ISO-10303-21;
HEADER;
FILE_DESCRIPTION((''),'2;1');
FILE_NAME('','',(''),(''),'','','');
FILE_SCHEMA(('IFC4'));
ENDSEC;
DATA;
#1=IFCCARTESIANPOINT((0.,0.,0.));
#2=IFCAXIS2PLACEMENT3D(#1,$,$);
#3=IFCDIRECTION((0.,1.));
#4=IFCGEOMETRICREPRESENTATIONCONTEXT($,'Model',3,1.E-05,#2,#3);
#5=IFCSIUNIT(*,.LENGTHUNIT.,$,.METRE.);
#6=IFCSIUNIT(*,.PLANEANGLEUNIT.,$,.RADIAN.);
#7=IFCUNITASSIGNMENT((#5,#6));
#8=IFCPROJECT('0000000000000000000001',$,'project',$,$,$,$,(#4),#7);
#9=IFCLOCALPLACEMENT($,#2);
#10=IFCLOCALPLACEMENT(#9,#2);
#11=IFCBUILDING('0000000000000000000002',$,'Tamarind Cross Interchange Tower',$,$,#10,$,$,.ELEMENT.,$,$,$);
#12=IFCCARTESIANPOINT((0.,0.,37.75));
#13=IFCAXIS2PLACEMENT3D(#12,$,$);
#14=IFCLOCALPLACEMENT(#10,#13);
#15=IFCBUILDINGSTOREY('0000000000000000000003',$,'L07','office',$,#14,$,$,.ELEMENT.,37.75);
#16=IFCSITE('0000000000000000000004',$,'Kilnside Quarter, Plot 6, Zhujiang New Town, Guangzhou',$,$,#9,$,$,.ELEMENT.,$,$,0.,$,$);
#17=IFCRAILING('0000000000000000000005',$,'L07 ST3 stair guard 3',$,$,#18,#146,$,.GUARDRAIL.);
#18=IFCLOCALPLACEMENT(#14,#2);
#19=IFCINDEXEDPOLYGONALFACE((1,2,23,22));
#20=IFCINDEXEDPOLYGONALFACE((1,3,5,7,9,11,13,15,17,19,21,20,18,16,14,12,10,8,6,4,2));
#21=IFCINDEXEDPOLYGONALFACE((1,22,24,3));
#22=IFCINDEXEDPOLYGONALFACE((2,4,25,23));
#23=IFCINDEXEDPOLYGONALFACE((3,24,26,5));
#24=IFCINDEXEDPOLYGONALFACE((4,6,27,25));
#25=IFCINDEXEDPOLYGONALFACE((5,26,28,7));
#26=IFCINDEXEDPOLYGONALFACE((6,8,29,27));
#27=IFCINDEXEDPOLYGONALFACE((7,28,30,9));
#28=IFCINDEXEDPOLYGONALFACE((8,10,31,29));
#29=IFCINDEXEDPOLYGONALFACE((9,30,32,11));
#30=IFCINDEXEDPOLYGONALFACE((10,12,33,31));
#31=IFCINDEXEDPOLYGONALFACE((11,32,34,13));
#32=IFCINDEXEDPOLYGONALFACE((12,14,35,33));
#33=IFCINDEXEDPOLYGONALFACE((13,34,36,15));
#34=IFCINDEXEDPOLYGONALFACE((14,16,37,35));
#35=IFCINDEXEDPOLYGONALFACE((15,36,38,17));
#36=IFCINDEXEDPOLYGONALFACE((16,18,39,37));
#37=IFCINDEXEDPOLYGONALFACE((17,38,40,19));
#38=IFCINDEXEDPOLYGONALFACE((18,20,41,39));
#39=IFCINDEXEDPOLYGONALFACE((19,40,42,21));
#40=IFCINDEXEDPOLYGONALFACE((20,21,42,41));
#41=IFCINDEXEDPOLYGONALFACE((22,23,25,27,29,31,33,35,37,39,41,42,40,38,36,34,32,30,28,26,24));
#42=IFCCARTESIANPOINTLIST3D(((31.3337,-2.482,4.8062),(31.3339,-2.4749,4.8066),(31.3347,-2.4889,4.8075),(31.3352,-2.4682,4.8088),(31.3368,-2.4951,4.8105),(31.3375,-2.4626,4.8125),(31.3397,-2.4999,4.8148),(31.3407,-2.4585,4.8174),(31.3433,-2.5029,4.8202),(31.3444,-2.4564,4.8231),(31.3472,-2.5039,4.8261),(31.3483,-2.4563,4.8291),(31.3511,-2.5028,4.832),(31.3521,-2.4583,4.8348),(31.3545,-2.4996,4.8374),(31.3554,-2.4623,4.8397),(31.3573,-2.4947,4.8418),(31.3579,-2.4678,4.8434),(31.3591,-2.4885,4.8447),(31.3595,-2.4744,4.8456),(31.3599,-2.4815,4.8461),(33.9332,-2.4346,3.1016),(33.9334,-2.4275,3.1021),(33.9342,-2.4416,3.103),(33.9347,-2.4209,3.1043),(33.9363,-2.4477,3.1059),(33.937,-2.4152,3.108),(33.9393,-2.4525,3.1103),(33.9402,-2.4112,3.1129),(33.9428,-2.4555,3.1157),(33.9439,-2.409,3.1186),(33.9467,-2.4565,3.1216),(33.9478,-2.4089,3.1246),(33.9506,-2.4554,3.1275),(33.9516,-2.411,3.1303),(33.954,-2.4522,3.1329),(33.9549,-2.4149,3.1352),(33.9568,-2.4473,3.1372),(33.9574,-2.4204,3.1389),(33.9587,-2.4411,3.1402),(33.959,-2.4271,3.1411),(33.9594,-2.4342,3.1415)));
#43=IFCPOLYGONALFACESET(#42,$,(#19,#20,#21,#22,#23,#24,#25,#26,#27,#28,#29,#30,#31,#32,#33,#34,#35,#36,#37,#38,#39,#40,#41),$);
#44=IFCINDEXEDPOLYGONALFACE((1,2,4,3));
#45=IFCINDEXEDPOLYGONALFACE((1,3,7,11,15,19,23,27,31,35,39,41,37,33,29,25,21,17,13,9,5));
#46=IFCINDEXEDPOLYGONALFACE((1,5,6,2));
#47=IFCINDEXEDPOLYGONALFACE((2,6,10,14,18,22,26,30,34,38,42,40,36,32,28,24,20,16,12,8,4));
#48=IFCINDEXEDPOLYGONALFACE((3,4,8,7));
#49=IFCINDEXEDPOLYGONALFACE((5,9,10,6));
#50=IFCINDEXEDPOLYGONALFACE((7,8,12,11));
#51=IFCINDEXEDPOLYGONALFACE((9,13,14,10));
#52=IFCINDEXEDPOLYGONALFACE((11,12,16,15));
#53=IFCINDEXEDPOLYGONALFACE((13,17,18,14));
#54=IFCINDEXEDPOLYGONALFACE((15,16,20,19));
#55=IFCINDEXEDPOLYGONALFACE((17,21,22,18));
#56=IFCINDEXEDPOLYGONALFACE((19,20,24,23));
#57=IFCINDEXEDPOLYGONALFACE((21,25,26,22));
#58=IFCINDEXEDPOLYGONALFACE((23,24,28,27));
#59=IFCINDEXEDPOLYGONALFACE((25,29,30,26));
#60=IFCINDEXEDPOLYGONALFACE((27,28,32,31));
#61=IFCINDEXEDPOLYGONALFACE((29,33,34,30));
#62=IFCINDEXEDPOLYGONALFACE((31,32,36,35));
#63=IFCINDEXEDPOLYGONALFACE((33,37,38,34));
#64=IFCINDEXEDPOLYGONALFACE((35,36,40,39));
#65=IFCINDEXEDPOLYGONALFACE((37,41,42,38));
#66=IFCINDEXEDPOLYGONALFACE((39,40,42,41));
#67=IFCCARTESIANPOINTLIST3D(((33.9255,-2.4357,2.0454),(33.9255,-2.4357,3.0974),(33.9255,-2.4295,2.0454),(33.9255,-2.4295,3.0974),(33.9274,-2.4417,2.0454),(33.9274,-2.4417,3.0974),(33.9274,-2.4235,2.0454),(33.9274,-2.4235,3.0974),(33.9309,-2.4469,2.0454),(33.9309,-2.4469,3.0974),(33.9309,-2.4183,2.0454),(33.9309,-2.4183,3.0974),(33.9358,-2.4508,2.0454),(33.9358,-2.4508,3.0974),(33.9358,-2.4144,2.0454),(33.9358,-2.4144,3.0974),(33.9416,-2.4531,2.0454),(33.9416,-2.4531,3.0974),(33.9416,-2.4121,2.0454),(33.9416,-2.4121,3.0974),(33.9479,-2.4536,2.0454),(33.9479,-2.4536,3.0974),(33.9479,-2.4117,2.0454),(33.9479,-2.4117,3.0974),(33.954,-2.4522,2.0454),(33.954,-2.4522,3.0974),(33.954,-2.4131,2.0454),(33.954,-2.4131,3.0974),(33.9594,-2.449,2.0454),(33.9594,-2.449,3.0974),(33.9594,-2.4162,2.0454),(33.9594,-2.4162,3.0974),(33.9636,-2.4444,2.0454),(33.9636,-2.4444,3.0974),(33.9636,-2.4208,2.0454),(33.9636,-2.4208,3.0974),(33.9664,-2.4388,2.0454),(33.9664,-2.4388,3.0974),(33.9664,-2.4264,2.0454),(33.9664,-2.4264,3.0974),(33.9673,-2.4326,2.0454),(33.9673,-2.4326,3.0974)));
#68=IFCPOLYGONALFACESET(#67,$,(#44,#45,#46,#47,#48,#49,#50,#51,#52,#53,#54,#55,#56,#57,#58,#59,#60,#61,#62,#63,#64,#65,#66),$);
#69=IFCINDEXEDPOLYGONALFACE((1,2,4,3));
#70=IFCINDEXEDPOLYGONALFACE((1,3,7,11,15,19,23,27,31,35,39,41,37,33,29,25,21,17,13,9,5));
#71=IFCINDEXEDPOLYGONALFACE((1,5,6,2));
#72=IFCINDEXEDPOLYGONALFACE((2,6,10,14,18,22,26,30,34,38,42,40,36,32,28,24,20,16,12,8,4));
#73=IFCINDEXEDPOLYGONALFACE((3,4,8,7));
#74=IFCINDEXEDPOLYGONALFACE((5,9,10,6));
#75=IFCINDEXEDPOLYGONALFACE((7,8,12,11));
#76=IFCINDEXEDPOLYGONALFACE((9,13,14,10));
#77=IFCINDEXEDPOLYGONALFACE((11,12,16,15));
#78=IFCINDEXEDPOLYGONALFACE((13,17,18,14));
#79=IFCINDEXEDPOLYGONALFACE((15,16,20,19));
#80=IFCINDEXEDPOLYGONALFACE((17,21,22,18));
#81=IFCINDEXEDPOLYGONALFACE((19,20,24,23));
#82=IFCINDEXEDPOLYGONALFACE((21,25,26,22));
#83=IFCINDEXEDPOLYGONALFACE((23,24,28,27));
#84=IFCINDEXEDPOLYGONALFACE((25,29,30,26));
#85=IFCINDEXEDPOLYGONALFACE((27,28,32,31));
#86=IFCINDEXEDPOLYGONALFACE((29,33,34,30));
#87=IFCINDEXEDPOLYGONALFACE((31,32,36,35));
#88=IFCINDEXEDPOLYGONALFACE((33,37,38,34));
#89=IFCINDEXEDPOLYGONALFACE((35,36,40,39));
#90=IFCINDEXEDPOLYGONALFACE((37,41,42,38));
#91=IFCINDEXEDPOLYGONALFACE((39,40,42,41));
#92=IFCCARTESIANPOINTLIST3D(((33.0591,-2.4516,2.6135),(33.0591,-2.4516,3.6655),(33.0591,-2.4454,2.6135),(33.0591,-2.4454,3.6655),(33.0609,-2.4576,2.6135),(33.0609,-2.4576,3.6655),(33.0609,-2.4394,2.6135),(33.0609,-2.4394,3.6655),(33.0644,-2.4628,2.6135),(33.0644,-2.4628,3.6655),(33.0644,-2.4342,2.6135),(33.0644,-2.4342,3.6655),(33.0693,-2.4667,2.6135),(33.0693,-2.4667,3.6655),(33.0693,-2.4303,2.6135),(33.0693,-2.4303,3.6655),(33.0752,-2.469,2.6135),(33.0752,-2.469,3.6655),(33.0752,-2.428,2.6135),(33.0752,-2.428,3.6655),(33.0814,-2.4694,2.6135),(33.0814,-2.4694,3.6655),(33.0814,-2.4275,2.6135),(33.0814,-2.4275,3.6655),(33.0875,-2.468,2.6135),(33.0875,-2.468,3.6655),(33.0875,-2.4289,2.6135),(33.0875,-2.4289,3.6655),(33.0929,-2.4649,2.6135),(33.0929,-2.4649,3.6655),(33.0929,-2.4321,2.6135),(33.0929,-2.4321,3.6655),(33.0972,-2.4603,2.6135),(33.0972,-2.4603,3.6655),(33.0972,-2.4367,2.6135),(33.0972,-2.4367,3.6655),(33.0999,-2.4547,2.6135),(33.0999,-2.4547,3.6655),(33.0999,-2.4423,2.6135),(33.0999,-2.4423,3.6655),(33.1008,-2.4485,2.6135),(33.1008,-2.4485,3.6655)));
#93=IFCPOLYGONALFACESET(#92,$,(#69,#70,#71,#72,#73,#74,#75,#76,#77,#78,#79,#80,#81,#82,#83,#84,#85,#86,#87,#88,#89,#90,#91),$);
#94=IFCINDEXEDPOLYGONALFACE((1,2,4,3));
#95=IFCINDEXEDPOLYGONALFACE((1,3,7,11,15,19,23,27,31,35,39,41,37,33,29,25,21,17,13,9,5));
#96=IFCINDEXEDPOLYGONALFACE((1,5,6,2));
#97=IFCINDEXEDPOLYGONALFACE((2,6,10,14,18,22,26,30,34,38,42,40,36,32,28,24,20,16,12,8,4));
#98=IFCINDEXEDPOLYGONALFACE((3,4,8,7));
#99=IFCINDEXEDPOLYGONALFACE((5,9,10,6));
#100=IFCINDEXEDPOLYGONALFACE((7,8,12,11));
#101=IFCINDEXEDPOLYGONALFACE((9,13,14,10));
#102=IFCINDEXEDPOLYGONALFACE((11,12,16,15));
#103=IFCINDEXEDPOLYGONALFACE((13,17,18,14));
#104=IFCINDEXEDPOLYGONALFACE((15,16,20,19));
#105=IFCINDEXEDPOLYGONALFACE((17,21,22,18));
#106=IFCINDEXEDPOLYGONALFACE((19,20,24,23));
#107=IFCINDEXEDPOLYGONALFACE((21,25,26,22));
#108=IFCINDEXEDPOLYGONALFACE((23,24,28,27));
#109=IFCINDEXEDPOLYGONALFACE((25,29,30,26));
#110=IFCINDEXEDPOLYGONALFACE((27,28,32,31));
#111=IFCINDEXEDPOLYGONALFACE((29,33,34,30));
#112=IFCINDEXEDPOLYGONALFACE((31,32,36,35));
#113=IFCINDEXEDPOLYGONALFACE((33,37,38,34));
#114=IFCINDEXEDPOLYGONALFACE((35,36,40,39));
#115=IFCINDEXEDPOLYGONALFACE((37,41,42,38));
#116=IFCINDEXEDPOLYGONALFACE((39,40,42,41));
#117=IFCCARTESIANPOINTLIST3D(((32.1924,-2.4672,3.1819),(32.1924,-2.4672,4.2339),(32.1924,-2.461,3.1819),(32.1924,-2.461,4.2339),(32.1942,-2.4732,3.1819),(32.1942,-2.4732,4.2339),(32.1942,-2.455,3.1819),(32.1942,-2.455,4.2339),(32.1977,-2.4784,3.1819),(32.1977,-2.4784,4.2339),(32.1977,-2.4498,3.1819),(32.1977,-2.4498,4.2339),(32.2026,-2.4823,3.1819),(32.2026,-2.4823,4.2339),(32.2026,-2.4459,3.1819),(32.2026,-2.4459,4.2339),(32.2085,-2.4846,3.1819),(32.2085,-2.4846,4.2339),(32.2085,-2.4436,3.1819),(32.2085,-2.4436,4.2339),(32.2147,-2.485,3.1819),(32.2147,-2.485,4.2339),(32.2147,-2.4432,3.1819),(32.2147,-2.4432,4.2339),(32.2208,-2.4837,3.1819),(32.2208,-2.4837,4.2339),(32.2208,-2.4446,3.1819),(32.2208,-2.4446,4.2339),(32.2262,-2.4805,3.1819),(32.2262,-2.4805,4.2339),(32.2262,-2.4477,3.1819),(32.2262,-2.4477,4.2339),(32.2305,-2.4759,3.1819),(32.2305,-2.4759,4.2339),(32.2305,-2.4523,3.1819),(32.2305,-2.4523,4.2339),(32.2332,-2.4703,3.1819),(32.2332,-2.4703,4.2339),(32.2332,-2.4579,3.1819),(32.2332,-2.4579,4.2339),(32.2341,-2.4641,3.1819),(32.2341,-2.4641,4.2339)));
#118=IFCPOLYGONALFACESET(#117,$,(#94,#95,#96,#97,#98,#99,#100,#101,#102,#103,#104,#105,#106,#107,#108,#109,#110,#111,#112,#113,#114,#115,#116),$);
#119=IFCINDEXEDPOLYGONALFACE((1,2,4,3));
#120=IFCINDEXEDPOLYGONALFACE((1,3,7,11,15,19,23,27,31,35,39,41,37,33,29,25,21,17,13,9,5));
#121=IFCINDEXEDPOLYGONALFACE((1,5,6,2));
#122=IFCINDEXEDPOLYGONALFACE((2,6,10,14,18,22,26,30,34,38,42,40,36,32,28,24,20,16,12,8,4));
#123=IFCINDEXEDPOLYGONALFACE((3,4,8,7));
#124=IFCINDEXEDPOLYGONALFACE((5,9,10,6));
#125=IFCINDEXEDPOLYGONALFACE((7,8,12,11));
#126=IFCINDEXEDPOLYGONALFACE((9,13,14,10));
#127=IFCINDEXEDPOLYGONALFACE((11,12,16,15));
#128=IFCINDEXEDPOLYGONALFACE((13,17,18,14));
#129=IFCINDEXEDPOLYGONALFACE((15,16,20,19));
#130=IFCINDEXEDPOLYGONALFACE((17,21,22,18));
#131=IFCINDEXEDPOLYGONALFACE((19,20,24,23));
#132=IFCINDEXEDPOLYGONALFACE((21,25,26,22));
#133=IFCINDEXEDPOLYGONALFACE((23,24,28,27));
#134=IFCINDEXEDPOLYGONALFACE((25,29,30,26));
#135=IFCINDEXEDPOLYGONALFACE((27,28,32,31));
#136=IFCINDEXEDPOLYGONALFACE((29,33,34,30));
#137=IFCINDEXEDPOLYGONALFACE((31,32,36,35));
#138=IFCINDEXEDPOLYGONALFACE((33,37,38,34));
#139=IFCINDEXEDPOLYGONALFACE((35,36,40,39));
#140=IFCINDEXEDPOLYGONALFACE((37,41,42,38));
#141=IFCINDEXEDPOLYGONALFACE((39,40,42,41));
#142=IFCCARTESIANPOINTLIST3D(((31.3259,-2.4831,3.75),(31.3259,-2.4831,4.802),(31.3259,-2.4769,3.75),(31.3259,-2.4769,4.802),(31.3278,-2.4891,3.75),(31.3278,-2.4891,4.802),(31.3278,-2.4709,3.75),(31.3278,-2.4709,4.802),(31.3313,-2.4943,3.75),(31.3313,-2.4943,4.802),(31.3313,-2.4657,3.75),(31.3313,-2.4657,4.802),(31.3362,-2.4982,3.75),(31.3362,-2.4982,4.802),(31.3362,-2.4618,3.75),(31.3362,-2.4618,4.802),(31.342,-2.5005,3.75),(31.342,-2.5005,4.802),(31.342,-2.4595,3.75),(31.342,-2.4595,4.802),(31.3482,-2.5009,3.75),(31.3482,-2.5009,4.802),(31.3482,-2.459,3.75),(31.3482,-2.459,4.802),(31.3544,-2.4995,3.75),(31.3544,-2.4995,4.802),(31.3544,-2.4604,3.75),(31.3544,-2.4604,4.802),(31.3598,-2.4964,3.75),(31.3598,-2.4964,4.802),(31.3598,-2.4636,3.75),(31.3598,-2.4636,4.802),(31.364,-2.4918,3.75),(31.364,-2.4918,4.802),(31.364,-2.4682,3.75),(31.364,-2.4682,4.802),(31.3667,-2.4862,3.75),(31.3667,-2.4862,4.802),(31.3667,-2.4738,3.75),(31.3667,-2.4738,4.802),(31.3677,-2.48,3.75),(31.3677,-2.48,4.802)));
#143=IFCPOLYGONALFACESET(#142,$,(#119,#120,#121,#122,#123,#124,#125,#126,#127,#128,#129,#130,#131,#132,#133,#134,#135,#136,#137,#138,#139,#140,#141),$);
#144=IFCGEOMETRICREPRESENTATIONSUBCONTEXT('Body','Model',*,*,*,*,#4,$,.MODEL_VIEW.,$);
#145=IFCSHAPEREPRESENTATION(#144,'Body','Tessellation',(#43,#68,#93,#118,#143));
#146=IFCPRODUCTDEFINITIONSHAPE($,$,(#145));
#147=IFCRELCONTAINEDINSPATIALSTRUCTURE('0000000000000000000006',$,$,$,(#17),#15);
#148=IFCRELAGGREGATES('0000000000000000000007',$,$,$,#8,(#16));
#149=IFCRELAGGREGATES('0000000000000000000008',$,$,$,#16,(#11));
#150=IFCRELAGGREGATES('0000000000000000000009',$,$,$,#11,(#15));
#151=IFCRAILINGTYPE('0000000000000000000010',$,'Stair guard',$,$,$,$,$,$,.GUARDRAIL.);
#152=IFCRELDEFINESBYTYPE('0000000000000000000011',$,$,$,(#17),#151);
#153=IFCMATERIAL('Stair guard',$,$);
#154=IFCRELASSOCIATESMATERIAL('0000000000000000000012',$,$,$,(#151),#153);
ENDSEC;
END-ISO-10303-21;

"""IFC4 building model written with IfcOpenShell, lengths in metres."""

from ifc_helpers import new_model, si_unit, direction, frame, origin, origin_2d, place, context, subcontext, project, spatial, circle, extrude, material, type_object, element, save


model = new_model("IFC4")

# Units and contexts
model_context = context("Model", 3, precision=1e-05, world=origin(), true_north=direction((0.0, 1.0)))
body_context = subcontext(model_context, "Body", "Model", "MODEL_VIEW")
ifc_project = project(units=[si_unit("LENGTHUNIT", "METRE"), si_unit("PLANEANGLEUNIT", "RADIAN")], contexts=[model_context])

# Site, building, storey
site_placement = place(None, origin())
site = spatial("IfcSite", under=ifc_project, at=site_placement, Name="Kilnside Quarter, Plot 6, Zhujiang New Town, Guangzhou", CompositionType="ELEMENT", RefElevation=0.0)
building_placement = place(site_placement, origin())
building = spatial("IfcBuilding", under=site, at=building_placement, Name="Tamarind Cross Interchange Tower", CompositionType="ELEMENT")
storey_placement = place(building_placement, frame((0.0, 0.0, 37.75)))
storey = spatial("IfcBuildingStorey", under=building, at=storey_placement, Name="L07", Description="office", CompositionType="ELEMENT", Elevation=37.75)

# Railing
ifc_material_1 = material(Name="Stair guard")
railing_type_1 = type_object("IfcRailingType", Name="Stair guard", PredefinedType="GUARDRAIL", material=ifc_material_1)
railing_1_placement = place(storey_placement, frame((33.9463, -2.4326, 2.0454)))
element("IfcRailing", 1, at=railing_1_placement, inside=storey, type_object=railing_type_1, Name="L07 ST3 stair guard 3", PredefinedType="GUARDRAIL", context=body_context, shape_type="SweptSolid", body=[
    extrude(circle(Radius=0.0239, at=origin_2d()), frame((0.0, 0.0, 1.0762), z_axis=(-0.836158, -0.015234, 0.548277), x_axis=(0.018216, -0.999834, 0.0)), (0.0, 0.0, 1.0), 3.1089),
    extrude(circle(Radius=0.021, at=origin_2d()), origin(), (0.0, 0.0, 1.0), 1.052),
    extrude(circle(Radius=0.021, at=origin_2d()), frame((-0.8665, -0.0159, 0.5681)), (0.0, 0.0, 1.0), 1.052),
    extrude(circle(Radius=0.021, at=origin_2d()), frame((-1.7332, -0.0315, 1.1365)), (0.0, 0.0, 1.0), 1.052),
    extrude(circle(Radius=0.021, at=origin_2d()), frame((-2.5996, -0.0474, 1.7046)), (0.0, 0.0, 1.0), 1.052),
])

save(model, "model.ifc")
